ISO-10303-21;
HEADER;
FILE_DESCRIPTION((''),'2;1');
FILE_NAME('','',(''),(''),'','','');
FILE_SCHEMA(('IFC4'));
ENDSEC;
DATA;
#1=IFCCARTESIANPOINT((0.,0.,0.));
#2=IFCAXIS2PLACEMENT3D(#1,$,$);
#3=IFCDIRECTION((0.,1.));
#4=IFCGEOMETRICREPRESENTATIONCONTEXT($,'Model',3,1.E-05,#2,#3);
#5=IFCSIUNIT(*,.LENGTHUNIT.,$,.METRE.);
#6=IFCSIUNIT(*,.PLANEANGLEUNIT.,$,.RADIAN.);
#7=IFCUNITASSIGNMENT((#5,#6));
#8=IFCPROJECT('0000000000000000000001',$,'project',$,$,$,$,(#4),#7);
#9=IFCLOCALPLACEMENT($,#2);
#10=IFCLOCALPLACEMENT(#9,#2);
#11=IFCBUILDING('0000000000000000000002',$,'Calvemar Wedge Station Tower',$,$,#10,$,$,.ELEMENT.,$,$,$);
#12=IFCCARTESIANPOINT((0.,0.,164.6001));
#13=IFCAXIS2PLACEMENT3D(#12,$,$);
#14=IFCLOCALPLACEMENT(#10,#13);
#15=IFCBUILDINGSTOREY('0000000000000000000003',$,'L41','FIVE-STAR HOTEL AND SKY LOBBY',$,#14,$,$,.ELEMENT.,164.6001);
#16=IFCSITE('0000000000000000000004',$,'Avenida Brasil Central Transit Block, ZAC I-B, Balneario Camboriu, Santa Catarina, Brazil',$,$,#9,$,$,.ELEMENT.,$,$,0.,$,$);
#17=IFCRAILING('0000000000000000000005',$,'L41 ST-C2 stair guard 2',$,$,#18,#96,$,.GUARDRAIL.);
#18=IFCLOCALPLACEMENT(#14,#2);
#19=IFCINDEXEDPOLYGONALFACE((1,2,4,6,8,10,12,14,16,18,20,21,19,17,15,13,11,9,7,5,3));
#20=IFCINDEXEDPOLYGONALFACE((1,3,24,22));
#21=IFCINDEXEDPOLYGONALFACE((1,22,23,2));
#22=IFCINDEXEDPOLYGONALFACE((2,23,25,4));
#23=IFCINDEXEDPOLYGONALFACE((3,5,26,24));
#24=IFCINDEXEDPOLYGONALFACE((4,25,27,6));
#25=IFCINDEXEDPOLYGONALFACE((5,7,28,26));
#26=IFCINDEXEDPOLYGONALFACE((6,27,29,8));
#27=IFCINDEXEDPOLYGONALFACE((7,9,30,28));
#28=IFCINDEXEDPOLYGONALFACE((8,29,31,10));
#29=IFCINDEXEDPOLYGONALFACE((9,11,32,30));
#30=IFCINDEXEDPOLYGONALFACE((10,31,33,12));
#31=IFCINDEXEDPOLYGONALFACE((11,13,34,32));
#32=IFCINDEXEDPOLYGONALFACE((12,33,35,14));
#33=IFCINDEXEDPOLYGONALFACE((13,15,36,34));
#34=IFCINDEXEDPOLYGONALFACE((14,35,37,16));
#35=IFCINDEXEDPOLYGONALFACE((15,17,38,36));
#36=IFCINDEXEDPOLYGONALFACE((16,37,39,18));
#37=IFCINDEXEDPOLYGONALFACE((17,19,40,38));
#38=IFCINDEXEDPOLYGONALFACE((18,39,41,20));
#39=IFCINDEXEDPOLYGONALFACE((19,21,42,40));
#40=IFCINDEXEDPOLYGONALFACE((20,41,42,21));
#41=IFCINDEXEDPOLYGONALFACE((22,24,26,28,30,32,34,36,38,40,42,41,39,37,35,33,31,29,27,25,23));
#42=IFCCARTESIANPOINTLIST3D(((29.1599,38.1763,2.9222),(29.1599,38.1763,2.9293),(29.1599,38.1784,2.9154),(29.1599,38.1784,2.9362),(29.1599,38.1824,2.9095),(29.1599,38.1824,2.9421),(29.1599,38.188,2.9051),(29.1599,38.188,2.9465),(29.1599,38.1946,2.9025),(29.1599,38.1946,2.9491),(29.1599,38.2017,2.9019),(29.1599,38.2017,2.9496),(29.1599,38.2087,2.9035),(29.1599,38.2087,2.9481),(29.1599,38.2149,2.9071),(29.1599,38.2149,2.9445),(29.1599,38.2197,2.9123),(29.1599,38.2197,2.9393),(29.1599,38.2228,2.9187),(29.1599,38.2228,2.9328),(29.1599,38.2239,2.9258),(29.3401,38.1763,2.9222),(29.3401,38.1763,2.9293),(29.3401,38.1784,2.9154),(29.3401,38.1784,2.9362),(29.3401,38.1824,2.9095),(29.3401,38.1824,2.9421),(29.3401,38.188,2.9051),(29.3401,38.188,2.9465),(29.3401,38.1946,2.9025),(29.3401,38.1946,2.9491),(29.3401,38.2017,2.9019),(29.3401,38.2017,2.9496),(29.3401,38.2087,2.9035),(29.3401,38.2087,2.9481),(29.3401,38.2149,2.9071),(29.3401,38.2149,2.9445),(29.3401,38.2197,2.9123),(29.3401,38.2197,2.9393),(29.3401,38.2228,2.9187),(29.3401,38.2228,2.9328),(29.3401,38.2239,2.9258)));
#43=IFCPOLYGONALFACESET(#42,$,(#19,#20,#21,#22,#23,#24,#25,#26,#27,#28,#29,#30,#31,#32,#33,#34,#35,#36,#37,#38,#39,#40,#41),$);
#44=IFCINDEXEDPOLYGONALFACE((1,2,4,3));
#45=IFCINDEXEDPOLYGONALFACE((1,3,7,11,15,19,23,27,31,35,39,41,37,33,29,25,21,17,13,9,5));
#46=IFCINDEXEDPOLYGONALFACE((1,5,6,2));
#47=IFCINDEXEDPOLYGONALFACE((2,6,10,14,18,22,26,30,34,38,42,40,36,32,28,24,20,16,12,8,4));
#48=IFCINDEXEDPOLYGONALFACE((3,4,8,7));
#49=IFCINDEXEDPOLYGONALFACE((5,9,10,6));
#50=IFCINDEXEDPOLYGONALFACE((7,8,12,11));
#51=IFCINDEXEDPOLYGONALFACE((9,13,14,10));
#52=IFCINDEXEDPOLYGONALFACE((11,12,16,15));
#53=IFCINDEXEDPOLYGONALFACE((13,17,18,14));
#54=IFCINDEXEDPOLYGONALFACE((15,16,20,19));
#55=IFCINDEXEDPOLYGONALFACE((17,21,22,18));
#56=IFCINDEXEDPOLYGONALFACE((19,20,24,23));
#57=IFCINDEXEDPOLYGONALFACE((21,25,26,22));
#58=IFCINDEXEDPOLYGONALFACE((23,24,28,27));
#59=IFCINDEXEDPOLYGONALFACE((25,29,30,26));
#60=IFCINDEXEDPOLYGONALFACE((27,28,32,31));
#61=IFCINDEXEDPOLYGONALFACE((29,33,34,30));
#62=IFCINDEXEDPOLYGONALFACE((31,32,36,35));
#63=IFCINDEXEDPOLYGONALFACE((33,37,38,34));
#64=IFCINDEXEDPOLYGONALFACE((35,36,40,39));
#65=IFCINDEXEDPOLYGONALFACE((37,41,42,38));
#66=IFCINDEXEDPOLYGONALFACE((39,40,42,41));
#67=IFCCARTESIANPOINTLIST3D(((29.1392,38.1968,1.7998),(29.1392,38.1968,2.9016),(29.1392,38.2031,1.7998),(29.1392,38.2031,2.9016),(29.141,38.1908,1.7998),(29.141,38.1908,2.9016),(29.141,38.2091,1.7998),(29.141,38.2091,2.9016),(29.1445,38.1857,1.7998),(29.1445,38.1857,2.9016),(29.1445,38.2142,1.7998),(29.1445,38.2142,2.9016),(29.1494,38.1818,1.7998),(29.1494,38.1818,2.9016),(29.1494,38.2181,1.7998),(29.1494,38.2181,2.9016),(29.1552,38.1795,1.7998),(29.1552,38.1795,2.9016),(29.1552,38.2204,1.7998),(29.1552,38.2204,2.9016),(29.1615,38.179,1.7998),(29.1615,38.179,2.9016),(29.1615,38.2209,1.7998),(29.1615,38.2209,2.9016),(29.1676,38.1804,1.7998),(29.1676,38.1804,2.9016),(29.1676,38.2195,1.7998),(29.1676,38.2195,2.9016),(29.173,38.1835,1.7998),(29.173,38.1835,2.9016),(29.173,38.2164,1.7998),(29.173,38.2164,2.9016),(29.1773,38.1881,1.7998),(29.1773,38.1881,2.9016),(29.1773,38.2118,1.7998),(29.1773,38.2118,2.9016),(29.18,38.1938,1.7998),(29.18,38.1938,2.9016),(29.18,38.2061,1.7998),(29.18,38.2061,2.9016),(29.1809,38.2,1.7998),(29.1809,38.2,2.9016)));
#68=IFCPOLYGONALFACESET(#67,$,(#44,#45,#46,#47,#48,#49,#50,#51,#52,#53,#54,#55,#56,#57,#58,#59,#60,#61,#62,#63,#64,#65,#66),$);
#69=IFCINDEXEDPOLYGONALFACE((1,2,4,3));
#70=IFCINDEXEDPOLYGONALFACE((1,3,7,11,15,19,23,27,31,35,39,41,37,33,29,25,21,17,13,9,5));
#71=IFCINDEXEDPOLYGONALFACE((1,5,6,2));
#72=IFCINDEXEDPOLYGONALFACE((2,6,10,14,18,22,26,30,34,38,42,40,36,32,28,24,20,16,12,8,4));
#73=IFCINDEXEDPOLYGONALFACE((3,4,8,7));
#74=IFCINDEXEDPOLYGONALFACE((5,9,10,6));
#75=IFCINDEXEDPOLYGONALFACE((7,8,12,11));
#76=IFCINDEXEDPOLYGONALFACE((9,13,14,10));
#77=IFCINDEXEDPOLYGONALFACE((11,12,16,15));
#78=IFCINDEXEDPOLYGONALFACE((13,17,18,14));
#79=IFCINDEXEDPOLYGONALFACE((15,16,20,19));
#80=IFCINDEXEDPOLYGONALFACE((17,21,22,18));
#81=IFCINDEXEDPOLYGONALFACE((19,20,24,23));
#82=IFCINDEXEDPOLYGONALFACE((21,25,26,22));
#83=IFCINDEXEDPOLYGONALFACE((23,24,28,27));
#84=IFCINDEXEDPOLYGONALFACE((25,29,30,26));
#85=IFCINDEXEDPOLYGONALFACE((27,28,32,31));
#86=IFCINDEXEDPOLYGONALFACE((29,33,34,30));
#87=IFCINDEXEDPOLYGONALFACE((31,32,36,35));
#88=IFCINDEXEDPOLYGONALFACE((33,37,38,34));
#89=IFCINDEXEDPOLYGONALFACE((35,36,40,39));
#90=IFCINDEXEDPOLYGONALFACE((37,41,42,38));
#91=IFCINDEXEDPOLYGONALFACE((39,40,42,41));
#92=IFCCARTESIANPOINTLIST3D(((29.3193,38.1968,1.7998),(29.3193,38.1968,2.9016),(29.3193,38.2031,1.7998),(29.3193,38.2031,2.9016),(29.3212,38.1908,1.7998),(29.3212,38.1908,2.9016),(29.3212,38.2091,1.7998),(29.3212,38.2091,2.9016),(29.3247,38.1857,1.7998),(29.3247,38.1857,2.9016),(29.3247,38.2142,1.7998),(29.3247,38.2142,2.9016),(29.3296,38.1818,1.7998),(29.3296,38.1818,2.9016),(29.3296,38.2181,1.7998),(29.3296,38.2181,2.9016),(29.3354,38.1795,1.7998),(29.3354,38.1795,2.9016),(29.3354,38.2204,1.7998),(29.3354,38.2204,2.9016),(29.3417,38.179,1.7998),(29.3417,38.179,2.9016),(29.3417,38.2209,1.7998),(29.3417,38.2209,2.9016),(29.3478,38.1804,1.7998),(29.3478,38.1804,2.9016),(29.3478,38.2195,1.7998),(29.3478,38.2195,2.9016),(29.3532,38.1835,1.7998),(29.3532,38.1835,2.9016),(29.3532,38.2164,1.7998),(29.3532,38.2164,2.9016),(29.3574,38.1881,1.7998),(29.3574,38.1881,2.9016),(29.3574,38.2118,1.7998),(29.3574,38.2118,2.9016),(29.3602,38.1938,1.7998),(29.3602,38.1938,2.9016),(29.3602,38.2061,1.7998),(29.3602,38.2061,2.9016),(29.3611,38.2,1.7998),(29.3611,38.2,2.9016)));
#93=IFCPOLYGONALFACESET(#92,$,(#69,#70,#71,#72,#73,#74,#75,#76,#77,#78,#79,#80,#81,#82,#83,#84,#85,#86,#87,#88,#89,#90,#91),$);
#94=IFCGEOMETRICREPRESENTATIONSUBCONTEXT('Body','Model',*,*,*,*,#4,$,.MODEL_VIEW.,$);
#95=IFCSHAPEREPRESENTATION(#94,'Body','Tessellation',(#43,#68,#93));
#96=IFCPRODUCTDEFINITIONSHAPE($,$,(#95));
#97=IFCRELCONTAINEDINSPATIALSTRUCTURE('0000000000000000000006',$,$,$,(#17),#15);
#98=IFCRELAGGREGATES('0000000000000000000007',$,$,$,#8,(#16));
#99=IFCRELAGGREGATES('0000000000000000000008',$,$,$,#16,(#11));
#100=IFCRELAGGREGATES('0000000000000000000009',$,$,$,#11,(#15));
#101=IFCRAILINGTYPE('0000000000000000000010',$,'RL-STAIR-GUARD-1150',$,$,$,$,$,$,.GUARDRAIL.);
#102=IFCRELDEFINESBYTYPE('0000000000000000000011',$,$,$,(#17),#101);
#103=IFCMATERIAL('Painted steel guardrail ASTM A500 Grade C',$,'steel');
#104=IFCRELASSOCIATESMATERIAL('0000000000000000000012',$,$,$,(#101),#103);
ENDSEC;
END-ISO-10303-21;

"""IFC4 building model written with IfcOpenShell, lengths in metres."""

from ifc_helpers import new_model, si_unit, direction, frame, origin, origin_2d, place, context, subcontext, project, spatial, circle, extrude, material, type_object, element, save


model = new_model("IFC4")

# Units and contexts
model_context = context("Model", 3, precision=1e-05, world=origin(), true_north=direction((0.0, 1.0)))
body_context = subcontext(model_context, "Body", "Model", "MODEL_VIEW")
ifc_project = project(units=[si_unit("LENGTHUNIT", "METRE"), si_unit("PLANEANGLEUNIT", "RADIAN")], contexts=[model_context])

# Site, building, storey
site_placement = place(None, origin())
site = spatial("IfcSite", under=ifc_project, at=site_placement, Name="Avenida Brasil Central Transit Block, ZAC I-B, Balneario Camboriu, Santa Catarina, Brazil", CompositionType="ELEMENT", RefElevation=0.0)
building_placement = place(site_placement, origin())
building = spatial("IfcBuilding", under=site, at=building_placement, Name="Calvemar Wedge Station Tower", CompositionType="ELEMENT")
storey_placement = place(building_placement, frame((0.0, 0.0, 164.6001)))
storey = spatial("IfcBuildingStorey", under=building, at=storey_placement, Name="L41", Description="FIVE-STAR HOTEL AND SKY LOBBY", CompositionType="ELEMENT", Elevation=164.6001)

# Railing
ifc_material_1 = material(Name="Painted steel guardrail ASTM A500 Grade C", Category="steel")
railing_type_1 = type_object("IfcRailingType", Name="RL-STAIR-GUARD-1150", PredefinedType="GUARDRAIL", material=ifc_material_1)
railing_1_placement = place(storey_placement, frame((29.1599, 38.2, 1.7998)))
element("IfcRailing", 1, at=railing_1_placement, inside=storey, type_object=railing_type_1, Name="L41 ST-C2 stair guard 2", PredefinedType="GUARDRAIL", context=body_context, shape_type="SweptSolid", body=[
    extrude(circle(Radius=0.0239, at=origin_2d()), frame((0.0, 0.0, 1.126), z_axis=(1.0, 0.0, 0.0), x_axis=(0.0, 1.0, 0.0)), (0.0, 0.0, 1.0), 0.1802),
    extrude(circle(Radius=0.021, at=origin_2d()), origin(), (0.0, 0.0, 1.0), 1.1018),
    extrude(circle(Radius=0.021, at=origin_2d()), frame((0.1802, 0.0, 0.0)), (0.0, 0.0, 1.0), 1.1018),
])

save(model, "model.ifc")
